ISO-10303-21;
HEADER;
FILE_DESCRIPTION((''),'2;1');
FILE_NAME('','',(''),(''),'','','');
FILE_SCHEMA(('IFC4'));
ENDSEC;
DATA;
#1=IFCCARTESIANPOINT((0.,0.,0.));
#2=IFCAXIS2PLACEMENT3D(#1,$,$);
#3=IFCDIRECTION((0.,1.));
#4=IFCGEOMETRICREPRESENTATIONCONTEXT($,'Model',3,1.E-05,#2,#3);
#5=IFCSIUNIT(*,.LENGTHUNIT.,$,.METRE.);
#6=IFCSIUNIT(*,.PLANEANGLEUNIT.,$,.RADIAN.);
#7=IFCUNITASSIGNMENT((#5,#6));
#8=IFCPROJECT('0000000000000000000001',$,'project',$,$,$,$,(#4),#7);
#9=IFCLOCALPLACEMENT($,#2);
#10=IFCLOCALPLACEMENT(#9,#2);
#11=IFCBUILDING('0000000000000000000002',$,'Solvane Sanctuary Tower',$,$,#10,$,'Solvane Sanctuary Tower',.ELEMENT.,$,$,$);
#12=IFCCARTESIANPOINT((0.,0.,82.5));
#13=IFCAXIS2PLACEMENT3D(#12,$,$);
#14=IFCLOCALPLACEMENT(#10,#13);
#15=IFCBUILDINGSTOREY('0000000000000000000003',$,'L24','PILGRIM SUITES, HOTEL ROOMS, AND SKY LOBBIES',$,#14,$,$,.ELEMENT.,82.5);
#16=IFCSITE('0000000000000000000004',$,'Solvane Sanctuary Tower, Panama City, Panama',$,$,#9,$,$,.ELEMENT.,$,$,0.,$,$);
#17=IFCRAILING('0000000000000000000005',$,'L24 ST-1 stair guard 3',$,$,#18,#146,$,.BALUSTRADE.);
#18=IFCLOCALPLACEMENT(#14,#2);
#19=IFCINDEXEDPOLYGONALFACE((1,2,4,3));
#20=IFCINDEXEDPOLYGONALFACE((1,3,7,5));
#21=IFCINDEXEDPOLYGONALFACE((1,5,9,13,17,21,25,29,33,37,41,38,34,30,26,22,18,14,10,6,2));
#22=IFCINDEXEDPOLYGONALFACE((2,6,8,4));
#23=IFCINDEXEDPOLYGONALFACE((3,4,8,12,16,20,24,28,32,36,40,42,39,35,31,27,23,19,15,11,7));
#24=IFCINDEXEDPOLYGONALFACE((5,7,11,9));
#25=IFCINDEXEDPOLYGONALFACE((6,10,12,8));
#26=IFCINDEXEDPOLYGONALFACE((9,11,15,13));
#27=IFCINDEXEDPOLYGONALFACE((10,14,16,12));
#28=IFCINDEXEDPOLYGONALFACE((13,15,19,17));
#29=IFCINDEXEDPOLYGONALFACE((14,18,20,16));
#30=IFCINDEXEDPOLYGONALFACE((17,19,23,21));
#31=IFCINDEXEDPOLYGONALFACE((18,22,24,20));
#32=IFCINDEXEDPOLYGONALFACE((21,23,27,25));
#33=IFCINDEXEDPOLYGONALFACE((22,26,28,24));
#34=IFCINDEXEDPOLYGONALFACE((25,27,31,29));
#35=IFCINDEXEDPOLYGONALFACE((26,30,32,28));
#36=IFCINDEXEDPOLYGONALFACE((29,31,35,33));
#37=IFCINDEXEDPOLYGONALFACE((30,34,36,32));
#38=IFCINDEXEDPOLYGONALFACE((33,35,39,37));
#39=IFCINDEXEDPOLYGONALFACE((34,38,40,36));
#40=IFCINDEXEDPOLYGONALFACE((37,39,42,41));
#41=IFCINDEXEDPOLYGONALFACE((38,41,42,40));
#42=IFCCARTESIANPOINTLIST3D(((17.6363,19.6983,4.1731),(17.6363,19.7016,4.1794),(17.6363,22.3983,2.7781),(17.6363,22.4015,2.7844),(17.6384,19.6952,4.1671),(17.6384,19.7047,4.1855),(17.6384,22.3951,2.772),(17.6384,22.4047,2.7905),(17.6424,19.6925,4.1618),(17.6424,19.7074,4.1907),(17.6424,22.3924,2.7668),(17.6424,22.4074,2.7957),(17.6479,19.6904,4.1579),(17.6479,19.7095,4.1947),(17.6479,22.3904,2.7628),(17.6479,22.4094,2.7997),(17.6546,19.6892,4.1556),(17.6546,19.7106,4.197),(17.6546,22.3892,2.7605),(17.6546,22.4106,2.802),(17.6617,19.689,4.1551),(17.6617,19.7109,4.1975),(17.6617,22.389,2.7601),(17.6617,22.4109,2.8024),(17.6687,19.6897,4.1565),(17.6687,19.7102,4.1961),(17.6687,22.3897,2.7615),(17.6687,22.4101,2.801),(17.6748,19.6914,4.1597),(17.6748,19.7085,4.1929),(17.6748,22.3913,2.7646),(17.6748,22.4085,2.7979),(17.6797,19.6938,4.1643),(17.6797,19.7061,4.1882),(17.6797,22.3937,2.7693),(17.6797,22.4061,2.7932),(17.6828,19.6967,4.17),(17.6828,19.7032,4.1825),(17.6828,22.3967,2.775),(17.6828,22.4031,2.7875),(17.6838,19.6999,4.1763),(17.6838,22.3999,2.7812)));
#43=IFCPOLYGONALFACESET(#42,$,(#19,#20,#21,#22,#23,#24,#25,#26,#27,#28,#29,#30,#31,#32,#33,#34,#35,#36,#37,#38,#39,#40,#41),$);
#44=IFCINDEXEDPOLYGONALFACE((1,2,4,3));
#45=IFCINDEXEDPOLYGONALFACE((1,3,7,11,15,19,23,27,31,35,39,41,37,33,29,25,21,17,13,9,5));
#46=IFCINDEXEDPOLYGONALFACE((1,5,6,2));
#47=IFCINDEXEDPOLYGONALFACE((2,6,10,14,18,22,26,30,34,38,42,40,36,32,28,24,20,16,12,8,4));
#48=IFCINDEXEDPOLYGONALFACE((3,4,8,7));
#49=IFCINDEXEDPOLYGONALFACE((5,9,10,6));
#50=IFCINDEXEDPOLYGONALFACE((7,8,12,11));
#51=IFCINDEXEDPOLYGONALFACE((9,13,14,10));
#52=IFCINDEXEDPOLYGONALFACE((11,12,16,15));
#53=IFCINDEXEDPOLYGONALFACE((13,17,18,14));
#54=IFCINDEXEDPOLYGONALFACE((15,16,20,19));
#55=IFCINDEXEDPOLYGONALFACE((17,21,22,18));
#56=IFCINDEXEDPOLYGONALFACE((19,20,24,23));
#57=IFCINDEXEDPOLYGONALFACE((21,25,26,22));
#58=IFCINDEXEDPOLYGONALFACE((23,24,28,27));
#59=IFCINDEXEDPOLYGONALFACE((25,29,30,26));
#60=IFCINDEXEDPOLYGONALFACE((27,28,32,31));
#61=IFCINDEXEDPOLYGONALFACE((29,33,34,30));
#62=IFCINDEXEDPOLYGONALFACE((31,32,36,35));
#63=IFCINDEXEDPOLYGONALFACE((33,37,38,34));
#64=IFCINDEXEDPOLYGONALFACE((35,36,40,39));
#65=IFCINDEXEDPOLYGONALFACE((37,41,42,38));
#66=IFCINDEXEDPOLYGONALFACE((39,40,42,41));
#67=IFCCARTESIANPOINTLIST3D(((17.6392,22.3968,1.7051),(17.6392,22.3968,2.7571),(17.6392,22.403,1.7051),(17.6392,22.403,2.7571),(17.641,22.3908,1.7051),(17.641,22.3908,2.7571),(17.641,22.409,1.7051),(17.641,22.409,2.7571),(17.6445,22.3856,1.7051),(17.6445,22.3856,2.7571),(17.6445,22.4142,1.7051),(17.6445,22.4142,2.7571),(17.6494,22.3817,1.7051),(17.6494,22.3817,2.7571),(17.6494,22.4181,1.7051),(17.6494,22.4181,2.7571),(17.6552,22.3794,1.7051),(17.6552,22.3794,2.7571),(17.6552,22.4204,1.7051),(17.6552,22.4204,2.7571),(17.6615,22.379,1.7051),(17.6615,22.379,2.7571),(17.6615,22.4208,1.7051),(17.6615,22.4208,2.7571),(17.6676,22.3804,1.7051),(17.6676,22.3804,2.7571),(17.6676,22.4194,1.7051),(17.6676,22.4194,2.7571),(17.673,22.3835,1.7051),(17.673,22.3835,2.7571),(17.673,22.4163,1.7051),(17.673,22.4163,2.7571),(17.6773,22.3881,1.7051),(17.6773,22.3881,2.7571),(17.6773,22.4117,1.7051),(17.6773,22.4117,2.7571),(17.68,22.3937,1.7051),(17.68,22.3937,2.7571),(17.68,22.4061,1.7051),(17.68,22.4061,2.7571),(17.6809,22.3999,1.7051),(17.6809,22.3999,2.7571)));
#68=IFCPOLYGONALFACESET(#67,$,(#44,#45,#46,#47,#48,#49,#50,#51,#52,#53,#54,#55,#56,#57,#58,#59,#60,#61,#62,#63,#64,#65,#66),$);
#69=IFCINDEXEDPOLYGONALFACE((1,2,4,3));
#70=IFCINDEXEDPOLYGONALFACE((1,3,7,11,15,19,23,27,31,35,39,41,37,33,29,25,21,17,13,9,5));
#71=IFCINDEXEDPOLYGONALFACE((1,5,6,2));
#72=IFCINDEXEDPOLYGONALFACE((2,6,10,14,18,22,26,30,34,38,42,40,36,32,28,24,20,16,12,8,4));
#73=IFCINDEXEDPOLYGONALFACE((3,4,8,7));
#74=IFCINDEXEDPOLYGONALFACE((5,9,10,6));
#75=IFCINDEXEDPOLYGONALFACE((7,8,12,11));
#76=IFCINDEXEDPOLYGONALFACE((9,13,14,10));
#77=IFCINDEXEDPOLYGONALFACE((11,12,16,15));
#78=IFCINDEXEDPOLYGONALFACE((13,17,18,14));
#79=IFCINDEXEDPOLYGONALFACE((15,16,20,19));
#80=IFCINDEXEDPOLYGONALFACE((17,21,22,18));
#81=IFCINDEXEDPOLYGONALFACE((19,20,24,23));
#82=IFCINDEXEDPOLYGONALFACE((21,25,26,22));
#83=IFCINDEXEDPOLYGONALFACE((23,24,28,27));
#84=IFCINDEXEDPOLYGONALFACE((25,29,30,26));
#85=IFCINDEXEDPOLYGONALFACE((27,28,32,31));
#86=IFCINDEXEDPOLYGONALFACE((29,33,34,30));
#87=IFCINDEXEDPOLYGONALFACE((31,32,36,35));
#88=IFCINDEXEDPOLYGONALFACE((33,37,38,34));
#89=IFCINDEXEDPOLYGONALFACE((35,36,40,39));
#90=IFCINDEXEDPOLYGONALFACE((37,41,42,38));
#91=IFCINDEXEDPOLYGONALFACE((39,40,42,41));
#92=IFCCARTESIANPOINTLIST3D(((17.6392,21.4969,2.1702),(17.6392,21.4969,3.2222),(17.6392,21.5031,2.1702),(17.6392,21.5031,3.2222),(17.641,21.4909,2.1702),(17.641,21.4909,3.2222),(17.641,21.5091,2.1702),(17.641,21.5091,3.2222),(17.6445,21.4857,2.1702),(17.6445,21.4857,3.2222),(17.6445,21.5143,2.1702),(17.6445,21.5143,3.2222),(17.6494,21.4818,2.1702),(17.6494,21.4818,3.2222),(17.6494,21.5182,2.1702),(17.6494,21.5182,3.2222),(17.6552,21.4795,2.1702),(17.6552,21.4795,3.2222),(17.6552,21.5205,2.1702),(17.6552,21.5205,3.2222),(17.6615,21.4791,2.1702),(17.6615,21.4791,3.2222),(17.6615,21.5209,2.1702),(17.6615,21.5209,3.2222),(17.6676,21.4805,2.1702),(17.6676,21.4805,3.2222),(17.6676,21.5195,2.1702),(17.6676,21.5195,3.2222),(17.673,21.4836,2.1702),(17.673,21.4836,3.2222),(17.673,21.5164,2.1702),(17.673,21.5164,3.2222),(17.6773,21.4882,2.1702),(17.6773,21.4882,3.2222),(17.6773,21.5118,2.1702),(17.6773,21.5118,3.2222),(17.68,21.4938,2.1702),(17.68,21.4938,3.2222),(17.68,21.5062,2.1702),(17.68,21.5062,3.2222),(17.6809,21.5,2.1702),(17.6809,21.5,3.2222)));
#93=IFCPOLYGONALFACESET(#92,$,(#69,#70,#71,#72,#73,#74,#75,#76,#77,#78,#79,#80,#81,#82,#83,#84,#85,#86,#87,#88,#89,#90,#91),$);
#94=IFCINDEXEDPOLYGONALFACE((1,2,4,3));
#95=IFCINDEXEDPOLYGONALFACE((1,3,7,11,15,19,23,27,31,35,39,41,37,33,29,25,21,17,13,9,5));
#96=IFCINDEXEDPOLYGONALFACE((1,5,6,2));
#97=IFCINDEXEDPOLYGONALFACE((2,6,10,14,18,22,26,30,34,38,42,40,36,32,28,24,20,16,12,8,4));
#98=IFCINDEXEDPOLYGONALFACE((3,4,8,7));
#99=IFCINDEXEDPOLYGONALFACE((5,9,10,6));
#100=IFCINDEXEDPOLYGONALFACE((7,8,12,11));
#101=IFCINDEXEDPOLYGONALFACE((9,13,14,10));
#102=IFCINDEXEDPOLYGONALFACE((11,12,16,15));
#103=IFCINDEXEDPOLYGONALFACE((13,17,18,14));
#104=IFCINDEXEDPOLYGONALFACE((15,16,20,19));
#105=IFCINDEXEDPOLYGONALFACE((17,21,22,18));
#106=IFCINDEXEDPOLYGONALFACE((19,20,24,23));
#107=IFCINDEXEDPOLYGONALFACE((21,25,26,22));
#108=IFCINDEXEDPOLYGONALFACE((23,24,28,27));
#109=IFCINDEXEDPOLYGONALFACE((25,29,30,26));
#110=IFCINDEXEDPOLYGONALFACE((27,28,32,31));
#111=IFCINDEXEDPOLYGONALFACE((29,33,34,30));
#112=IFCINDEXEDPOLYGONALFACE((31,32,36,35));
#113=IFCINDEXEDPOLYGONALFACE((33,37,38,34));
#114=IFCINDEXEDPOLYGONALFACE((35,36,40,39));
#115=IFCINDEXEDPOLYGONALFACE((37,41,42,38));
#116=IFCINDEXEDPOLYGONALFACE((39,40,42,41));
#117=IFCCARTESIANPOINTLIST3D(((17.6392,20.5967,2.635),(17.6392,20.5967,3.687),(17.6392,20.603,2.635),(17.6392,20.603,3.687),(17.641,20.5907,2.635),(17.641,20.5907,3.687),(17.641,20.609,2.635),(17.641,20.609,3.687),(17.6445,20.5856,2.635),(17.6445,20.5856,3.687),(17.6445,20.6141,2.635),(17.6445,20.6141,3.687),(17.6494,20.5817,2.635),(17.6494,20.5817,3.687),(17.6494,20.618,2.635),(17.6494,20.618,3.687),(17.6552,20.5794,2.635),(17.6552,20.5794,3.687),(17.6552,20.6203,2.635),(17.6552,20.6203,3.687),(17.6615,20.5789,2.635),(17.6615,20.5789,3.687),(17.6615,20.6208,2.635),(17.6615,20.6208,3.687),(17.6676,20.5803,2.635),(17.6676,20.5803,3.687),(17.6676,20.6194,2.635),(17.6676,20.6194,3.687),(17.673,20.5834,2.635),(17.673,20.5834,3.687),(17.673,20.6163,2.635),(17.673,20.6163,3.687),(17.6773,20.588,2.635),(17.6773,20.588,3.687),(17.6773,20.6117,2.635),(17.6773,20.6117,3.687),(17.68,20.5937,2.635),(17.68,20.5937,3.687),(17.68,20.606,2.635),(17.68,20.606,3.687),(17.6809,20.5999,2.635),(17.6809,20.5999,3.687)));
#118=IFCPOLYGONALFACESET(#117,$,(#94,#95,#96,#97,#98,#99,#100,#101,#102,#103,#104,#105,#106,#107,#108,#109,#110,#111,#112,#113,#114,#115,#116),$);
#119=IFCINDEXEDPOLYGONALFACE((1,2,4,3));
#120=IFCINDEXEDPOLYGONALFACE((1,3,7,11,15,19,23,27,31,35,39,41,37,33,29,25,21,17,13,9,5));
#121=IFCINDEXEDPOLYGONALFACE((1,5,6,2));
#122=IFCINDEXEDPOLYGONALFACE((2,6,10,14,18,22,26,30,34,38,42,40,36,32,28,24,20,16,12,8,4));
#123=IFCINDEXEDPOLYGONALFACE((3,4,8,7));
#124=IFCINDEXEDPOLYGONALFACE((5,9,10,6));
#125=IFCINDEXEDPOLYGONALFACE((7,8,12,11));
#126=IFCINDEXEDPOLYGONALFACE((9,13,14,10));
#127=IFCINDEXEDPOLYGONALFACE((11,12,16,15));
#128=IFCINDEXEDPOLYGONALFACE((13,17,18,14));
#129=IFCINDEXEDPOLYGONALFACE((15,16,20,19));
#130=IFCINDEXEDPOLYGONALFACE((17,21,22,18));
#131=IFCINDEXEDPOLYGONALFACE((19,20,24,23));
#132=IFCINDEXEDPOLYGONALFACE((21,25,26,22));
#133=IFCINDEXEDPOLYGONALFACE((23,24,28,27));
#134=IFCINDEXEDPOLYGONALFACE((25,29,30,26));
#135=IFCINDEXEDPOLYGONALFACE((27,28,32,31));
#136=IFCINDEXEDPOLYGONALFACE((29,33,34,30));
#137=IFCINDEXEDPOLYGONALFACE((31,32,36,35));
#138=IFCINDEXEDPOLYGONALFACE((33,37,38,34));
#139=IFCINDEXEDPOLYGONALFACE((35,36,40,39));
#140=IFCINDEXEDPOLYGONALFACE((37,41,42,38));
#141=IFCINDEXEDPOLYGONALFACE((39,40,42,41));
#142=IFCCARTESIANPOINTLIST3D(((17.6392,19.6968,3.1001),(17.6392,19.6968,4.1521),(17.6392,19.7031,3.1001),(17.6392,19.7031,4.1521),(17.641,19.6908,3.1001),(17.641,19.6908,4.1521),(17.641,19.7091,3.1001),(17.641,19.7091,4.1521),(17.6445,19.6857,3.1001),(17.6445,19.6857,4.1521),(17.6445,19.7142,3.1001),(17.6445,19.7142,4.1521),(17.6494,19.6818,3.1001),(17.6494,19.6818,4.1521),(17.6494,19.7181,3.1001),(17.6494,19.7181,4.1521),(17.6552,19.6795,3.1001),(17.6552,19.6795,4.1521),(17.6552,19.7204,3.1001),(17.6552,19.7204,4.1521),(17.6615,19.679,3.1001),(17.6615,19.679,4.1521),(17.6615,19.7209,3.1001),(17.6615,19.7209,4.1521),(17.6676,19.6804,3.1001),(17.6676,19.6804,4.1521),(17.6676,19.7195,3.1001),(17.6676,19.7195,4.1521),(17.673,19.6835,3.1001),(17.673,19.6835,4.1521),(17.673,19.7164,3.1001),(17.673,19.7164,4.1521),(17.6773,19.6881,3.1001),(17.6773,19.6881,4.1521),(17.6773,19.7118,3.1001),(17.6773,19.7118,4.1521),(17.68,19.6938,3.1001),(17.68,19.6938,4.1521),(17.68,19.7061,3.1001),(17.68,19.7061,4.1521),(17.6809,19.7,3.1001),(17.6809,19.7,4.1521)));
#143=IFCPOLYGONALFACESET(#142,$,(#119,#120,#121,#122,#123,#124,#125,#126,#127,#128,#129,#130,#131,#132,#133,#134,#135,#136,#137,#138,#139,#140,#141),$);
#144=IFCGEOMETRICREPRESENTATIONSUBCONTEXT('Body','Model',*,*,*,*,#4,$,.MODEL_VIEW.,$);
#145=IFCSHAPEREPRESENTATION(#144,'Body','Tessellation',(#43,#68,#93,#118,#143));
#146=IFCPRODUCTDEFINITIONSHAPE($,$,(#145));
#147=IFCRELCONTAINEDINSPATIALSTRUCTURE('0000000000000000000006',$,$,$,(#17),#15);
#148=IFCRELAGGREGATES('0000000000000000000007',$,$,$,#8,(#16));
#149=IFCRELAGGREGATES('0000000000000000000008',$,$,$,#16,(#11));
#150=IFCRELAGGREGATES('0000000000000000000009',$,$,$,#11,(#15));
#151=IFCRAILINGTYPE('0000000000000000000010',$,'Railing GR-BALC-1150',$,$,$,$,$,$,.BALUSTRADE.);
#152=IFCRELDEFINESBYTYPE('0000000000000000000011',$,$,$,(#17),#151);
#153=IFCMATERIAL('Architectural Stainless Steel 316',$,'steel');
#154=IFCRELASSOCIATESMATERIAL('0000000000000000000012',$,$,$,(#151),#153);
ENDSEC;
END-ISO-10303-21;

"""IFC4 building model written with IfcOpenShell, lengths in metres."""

from ifc_helpers import new_model, si_unit, direction, frame, origin, origin_2d, place, context, subcontext, project, spatial, circle, extrude, material, type_object, element, save


model = new_model("IFC4")

# Units and contexts
model_context = context("Model", 3, precision=1e-05, world=origin(), true_north=direction((0.0, 1.0)))
body_context = subcontext(model_context, "Body", "Model", "MODEL_VIEW")
ifc_project = project(units=[si_unit("LENGTHUNIT", "METRE"), si_unit("PLANEANGLEUNIT", "RADIAN")], contexts=[model_context])

# Site, building, storey
site_placement = place(None, origin())
site = spatial("IfcSite", under=ifc_project, at=site_placement, Name="Solvane Sanctuary Tower, Panama City, Panama", CompositionType="ELEMENT", RefElevation=0.0)
building_placement = place(site_placement, origin())
building = spatial("IfcBuilding", under=site, at=building_placement, Name="Solvane Sanctuary Tower", LongName="Solvane Sanctuary Tower", CompositionType="ELEMENT")
storey_placement = place(building_placement, frame((0.0, 0.0, 82.5)))
storey = spatial("IfcBuildingStorey", under=building, at=storey_placement, Name="L24", Description="PILGRIM SUITES, HOTEL ROOMS, AND SKY LOBBIES", CompositionType="ELEMENT", Elevation=82.5)

# Shared definitions
ifc_material_1 = material(Name="Architectural Stainless Steel 316", Category="steel")

# Railing
railing_type_1 = type_object("IfcRailingType", Name="Railing GR-BALC-1150", PredefinedType="BALUSTRADE", material=ifc_material_1)
railing_1_placement = place(storey_placement, frame((17.6599, 22.3999, 1.7051)))
element("IfcRailing", 1, at=railing_1_placement, inside=storey, type_object=railing_type_1, Name="L24 ST-1 stair guard 3", PredefinedType="BALUSTRADE", context=body_context, shape_type="SweptSolid", body=[
    extrude(circle(Radius=0.0239, at=origin_2d()), frame((0.0, 0.0, 1.0762), z_axis=(0.0, -0.88842, 0.459032), x_axis=(1.0, 0.0, 0.0)), (0.0, 0.0, 1.0), 3.0391),
    extrude(circle(Radius=0.021, at=origin_2d()), origin(), (0.0, 0.0, 1.0), 1.052),
    extrude(circle(Radius=0.021, at=origin_2d()), frame((0.0, -0.8999, 0.4651)), (0.0, 0.0, 1.0), 1.052),
    extrude(circle(Radius=0.021, at=origin_2d()), frame((0.0, -1.8, 0.9299)), (0.0, 0.0, 1.0), 1.052),
    extrude(circle(Radius=0.021, at=origin_2d()), frame((0.0, -2.7, 1.395)), (0.0, 0.0, 1.0), 1.052),
])

save(model, "model.ifc")
